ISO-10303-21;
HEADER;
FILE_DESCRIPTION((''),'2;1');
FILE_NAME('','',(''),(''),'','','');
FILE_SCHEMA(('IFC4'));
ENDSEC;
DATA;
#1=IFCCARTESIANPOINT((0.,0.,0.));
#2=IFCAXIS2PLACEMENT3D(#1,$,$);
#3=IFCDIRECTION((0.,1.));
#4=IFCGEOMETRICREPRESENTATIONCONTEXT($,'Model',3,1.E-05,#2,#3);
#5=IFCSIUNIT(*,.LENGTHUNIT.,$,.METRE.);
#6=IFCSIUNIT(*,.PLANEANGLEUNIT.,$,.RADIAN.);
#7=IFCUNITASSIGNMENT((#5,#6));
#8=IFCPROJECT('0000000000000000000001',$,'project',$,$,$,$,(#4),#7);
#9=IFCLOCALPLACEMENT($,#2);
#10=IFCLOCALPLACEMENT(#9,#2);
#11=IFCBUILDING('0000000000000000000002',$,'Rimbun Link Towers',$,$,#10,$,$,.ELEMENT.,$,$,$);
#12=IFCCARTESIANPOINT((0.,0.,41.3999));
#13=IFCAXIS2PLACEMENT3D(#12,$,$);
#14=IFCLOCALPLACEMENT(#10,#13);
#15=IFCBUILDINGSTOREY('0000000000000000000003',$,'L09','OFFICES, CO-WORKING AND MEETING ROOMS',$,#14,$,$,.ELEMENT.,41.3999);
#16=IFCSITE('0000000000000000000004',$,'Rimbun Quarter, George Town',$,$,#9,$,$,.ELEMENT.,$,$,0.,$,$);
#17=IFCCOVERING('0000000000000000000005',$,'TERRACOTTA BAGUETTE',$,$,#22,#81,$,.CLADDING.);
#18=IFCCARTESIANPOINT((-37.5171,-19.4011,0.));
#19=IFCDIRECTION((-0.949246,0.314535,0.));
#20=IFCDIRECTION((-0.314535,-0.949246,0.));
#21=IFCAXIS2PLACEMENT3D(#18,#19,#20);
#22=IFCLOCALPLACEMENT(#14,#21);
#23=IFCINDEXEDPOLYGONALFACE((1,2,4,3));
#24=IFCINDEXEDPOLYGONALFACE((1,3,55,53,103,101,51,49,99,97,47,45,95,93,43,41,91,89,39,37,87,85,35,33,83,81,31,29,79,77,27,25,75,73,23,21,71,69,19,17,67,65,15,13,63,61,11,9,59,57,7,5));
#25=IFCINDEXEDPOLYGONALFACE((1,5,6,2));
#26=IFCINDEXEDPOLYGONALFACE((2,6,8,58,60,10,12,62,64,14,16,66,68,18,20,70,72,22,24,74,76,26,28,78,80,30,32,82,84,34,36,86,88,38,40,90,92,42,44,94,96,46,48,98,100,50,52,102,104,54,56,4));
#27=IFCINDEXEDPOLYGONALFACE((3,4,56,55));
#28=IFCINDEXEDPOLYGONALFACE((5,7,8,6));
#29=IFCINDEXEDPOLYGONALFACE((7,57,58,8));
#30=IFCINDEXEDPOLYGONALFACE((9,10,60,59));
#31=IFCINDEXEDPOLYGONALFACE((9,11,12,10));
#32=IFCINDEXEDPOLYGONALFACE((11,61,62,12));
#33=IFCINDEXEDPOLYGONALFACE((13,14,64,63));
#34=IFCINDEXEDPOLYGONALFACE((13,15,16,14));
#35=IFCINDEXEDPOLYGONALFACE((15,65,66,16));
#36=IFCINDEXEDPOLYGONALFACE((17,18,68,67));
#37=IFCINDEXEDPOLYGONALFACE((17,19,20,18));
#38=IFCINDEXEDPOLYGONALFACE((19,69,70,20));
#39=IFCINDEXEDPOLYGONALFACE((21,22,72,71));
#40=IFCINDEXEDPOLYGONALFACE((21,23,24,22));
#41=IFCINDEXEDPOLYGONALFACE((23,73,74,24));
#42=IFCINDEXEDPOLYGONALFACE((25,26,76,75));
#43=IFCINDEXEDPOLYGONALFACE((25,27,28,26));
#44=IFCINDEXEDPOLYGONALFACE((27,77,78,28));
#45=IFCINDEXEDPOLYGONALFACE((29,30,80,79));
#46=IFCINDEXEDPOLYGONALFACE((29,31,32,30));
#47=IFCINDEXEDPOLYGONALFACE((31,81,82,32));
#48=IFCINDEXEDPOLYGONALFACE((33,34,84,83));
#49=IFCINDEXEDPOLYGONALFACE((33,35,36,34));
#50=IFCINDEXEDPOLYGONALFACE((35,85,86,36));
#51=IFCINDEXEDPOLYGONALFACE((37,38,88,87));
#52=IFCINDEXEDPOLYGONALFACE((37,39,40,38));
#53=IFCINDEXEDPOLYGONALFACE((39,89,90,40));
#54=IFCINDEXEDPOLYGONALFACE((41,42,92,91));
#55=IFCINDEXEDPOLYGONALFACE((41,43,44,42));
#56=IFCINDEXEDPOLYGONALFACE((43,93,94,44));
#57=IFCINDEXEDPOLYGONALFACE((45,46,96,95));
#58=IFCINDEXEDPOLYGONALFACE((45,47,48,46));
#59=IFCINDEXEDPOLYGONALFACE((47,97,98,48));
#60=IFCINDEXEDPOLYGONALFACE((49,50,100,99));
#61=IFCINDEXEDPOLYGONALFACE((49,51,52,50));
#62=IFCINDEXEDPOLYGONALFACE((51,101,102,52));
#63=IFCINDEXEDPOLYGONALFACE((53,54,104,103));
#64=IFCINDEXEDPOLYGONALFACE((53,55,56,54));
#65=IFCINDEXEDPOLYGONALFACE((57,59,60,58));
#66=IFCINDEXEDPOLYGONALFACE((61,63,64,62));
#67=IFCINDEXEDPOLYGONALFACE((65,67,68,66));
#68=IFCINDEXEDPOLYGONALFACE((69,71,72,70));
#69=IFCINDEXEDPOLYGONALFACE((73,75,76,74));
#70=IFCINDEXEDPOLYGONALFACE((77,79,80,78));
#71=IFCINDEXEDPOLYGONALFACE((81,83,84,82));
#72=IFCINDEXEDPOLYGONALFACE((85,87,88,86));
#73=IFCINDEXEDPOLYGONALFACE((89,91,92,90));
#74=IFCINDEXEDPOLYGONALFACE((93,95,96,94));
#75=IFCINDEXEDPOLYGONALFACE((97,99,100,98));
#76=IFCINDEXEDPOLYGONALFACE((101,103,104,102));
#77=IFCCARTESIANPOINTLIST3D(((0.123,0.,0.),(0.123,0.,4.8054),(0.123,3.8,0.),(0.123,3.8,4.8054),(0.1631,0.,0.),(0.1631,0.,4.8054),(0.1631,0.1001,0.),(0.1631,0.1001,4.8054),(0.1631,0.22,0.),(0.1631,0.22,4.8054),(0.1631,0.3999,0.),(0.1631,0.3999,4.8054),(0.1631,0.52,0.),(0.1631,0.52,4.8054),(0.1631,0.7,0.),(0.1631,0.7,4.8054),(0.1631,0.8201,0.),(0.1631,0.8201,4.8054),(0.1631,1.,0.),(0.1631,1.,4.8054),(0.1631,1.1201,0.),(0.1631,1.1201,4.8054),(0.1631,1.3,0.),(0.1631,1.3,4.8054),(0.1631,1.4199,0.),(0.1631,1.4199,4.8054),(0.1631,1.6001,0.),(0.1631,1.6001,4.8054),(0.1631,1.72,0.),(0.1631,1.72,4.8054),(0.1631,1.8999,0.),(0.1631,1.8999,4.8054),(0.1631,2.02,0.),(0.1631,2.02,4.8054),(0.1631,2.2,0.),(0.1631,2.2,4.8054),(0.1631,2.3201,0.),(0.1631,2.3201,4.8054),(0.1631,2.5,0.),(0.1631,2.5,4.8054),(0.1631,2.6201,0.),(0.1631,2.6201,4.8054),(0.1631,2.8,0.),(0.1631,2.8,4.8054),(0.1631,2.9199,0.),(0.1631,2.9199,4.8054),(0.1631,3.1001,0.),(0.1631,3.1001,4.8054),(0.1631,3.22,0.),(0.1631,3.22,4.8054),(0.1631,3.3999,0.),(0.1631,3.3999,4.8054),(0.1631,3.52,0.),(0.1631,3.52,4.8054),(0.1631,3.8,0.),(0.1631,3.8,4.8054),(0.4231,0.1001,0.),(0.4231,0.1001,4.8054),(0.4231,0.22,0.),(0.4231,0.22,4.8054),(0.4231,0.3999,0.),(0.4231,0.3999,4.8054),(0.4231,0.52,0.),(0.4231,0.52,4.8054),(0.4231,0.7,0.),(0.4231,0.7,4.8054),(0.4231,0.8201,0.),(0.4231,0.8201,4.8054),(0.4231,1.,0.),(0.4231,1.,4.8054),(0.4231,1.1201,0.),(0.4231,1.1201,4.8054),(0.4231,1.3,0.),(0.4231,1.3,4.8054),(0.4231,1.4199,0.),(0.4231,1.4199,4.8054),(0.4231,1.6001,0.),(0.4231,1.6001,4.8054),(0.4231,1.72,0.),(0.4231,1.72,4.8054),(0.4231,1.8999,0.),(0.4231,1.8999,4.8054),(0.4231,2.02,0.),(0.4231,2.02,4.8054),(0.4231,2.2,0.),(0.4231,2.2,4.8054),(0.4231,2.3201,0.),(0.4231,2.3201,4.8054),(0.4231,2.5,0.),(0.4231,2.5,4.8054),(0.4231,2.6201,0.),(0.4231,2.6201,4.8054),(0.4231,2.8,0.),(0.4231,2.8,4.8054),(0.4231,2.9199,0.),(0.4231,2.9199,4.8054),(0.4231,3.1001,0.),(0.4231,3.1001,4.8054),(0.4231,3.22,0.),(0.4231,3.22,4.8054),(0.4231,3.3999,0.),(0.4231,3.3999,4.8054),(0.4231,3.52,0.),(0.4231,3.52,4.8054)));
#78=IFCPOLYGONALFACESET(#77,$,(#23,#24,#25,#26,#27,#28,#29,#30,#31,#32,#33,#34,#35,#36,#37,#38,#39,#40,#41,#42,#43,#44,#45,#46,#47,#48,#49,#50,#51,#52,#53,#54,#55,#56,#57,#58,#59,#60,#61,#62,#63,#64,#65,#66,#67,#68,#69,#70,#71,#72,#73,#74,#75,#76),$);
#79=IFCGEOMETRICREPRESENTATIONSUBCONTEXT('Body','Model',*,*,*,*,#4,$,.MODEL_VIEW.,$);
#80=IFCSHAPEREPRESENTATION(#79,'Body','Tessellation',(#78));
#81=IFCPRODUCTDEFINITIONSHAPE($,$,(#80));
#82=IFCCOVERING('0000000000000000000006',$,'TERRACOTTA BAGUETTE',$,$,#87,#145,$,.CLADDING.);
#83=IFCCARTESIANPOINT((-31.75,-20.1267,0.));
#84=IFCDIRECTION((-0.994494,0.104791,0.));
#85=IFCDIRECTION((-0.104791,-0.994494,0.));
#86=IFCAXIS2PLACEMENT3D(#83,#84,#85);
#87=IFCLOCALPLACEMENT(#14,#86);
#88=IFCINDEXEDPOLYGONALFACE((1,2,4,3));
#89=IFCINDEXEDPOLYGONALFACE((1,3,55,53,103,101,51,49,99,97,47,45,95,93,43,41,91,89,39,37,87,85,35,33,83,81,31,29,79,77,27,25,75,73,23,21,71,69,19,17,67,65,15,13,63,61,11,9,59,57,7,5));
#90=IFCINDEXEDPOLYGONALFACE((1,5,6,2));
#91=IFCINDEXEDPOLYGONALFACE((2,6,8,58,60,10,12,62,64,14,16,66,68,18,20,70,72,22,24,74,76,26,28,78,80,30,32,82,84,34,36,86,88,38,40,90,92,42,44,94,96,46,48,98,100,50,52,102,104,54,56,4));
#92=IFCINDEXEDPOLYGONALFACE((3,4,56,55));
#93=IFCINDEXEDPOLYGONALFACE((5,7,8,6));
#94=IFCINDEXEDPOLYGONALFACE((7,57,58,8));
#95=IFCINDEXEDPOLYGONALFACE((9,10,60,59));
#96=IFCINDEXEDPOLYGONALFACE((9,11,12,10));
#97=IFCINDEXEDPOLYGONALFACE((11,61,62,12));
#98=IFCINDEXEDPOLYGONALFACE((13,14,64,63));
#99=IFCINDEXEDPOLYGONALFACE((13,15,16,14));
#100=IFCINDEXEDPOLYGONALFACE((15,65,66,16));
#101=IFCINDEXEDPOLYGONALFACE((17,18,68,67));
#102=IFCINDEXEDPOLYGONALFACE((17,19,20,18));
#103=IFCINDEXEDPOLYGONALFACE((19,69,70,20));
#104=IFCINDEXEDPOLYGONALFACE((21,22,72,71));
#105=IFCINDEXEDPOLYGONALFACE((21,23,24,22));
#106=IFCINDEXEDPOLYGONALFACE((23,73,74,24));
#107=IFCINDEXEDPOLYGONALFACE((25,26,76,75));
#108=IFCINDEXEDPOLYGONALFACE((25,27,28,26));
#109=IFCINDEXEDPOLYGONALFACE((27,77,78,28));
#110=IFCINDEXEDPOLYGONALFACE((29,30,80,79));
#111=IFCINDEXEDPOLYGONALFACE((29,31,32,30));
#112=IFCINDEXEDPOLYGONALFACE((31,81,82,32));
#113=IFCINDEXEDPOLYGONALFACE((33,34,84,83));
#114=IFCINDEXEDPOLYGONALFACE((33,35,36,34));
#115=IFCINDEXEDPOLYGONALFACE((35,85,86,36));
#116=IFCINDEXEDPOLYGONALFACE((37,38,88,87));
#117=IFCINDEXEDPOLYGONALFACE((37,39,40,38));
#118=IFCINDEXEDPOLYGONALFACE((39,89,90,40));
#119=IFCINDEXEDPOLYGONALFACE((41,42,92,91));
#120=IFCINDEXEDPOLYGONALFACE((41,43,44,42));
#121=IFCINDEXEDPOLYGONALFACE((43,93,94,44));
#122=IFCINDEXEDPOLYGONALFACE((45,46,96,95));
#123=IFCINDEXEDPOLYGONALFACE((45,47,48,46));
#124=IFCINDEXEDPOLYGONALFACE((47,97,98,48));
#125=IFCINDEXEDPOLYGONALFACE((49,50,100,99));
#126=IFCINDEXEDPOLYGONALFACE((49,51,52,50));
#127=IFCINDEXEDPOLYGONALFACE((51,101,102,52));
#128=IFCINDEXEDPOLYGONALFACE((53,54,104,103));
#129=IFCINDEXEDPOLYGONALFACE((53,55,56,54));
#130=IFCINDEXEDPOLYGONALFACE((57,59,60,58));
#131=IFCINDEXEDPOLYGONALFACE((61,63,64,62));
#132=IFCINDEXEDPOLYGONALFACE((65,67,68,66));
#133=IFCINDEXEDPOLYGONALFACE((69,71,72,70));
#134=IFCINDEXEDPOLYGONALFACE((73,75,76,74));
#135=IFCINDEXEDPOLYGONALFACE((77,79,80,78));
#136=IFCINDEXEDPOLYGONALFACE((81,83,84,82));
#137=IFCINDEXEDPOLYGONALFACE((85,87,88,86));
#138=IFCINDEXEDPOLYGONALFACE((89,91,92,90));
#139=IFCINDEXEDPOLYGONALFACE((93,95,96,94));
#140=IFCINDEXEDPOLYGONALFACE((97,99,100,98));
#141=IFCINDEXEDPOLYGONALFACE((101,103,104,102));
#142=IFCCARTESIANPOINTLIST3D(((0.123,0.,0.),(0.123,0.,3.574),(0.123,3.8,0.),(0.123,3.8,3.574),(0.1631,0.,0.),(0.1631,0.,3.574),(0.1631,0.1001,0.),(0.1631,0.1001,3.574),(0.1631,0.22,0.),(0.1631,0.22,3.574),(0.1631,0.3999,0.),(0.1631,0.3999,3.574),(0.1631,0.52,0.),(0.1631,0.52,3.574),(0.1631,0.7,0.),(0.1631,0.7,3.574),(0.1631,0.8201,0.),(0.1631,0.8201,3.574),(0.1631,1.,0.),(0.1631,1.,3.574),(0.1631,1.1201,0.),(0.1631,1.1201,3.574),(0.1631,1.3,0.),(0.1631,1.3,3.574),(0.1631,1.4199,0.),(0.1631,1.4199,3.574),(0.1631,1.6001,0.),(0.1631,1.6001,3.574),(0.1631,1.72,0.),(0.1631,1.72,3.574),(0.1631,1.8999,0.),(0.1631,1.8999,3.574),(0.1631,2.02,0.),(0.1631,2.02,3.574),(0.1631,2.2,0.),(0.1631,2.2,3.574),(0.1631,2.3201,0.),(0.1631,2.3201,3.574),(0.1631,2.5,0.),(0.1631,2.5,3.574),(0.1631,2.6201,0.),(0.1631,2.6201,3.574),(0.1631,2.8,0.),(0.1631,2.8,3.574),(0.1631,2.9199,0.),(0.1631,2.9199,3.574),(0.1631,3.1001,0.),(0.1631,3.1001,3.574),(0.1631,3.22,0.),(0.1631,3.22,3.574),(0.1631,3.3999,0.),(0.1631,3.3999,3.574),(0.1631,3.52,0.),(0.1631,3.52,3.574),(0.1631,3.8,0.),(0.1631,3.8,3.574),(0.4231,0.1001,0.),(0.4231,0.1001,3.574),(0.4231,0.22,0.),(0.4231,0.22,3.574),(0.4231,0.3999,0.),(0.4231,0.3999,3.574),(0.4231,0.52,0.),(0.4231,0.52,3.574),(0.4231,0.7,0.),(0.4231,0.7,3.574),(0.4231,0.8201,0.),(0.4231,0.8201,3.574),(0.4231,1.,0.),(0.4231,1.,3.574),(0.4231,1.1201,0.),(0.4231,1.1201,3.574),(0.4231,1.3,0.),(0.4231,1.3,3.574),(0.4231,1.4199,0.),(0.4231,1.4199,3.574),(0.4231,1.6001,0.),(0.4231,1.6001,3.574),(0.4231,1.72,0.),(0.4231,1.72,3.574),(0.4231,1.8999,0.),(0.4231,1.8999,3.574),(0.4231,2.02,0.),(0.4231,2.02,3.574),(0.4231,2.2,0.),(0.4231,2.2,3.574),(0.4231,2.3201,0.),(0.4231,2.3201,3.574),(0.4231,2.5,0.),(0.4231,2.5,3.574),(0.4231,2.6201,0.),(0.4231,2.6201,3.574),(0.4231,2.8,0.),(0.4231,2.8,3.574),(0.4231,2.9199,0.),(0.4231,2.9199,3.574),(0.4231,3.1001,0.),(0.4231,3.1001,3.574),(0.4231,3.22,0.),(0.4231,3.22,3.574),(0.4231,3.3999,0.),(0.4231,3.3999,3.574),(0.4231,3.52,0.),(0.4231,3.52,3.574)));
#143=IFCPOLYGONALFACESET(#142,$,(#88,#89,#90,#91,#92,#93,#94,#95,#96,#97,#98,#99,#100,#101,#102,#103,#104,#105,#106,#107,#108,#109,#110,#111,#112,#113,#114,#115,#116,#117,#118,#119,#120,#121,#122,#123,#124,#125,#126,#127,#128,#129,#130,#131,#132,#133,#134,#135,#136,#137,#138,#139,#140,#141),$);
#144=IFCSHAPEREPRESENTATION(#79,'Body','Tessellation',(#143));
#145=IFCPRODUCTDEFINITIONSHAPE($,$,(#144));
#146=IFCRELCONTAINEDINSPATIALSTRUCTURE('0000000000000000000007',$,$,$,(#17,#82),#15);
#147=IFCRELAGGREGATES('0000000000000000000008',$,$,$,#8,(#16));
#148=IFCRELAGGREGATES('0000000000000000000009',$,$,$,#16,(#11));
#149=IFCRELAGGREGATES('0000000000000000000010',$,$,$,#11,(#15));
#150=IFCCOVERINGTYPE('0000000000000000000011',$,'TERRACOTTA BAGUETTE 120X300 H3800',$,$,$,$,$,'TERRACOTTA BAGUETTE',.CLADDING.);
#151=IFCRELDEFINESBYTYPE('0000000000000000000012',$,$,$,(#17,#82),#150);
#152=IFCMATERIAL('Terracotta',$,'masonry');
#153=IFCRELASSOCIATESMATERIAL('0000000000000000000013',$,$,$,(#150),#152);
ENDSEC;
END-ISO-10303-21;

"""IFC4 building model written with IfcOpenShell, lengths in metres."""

from ifc_helpers import new_model, si_unit, direction, frame, origin, place, context, subcontext, project, spatial, polyline, outline, extrude, material, material_profile, profile_set, type_object, element, save


model = new_model("IFC4")

# Units and contexts
model_context = context("Model", 3, precision=1e-05, world=origin(), true_north=direction((0.0, 1.0)))
body_context = subcontext(model_context, "Body", "Model", "MODEL_VIEW")
ifc_project = project(units=[si_unit("LENGTHUNIT", "METRE"), si_unit("PLANEANGLEUNIT", "RADIAN")], contexts=[model_context])

# Site, building, storey
site_placement = place(None, origin())
site = spatial("IfcSite", under=ifc_project, at=site_placement, Name="Rimbun Quarter, George Town", CompositionType="ELEMENT", RefElevation=0.0)
building_placement = place(site_placement, origin())
building = spatial("IfcBuilding", under=site, at=building_placement, Name="Rimbun Link Towers", CompositionType="ELEMENT")
storey_placement = place(building_placement, frame((0.0, 0.0, 41.3999)))
storey = spatial("IfcBuildingStorey", under=building, at=storey_placement, Name="L09", Description="OFFICES, CO-WORKING AND MEETING ROOMS", CompositionType="ELEMENT", Elevation=41.3999)

# Coverings
ifc_material_1 = material(Name="Terracotta", Category="masonry")
ifc_material_profile_1 = material_profile(ifc_material_1, outline(polyline([(0.123, 0.0), (0.1631, 0.0), (0.1631, 0.1001), (0.4231, 0.1001), (0.4231, 0.22), (0.1631, 0.22), (0.1631, 0.3999), (0.4231, 0.3999), (0.4231, 0.52), (0.1631, 0.52), (0.1631, 0.7), (0.4231, 0.7), (0.4231, 0.8201), (0.1631, 0.8201), (0.1631, 1.0), (0.4231, 1.0), (0.4231, 1.1201), (0.1631, 1.1201), (0.1631, 1.3), (0.4231, 1.3), (0.4231, 1.4199), (0.1631, 1.4199), (0.1631, 1.6001), (0.4231, 1.6001), (0.4231, 1.72), (0.1631, 1.72), (0.1631, 1.8999), (0.4231, 1.8999), (0.4231, 2.02), (0.1631, 2.02), (0.1631, 2.2), (0.4231, 2.2), (0.4231, 2.3201), (0.1631, 2.3201), (0.1631, 2.5), (0.4231, 2.5), (0.4231, 2.6201), (0.1631, 2.6201), (0.1631, 2.8), (0.4231, 2.8), (0.4231, 2.9199), (0.1631, 2.9199), (0.1631, 3.1001), (0.4231, 3.1001), (0.4231, 3.22), (0.1631, 3.22), (0.1631, 3.3999), (0.4231, 3.3999), (0.4231, 3.52), (0.1631, 3.52), (0.1631, 3.8), (0.123, 3.8), (0.123, 0.0)])), Name="BAGUETTE 120X300")
ifc_profile_set_1 = profile_set([ifc_material_profile_1], Name="Terracotta")
covering_type = type_object("IfcCoveringType", Name="TERRACOTTA BAGUETTE 120X300 H3800", ElementType="TERRACOTTA BAGUETTE", PredefinedType="CLADDING", material=ifc_profile_set_1)
covering_placement = place(storey_placement, frame((-37.5171, -19.4011, 0.0), z_axis=(-0.949246, 0.314535, 0.0), x_axis=(-0.314535, -0.949246, 0.0)))
element("IfcCovering", 1, at=covering_placement, inside=storey, type_object=covering_type, Name="TERRACOTTA BAGUETTE", PredefinedType="CLADDING", context=body_context, shape_type="SweptSolid", body=[
    extrude(outline(polyline([(0.123, 0.0), (0.1631, 0.0), (0.1631, 0.1001), (0.4231, 0.1001), (0.4231, 0.22), (0.1631, 0.22), (0.1631, 0.3999), (0.4231, 0.3999), (0.4231, 0.52), (0.1631, 0.52), (0.1631, 0.7), (0.4231, 0.7), (0.4231, 0.8201), (0.1631, 0.8201), (0.1631, 1.0), (0.4231, 1.0), (0.4231, 1.1201), (0.1631, 1.1201), (0.1631, 1.3), (0.4231, 1.3), (0.4231, 1.4199), (0.1631, 1.4199), (0.1631, 1.6001), (0.4231, 1.6001), (0.4231, 1.72), (0.1631, 1.72), (0.1631, 1.8999), (0.4231, 1.8999), (0.4231, 2.02), (0.1631, 2.02), (0.1631, 2.2), (0.4231, 2.2), (0.4231, 2.3201), (0.1631, 2.3201), (0.1631, 2.5), (0.4231, 2.5), (0.4231, 2.6201), (0.1631, 2.6201), (0.1631, 2.8), (0.4231, 2.8), (0.4231, 2.9199), (0.1631, 2.9199), (0.1631, 3.1001), (0.4231, 3.1001), (0.4231, 3.22), (0.1631, 3.22), (0.1631, 3.3999), (0.4231, 3.3999), (0.4231, 3.52), (0.1631, 3.52), (0.1631, 3.8), (0.123, 3.8), (0.123, 0.0)])), origin(), (0.0, 0.0, 1.0), 4.8054),
])
for number, where, z_axis, x_axis, name in (
    (2, (-31.75, -20.1267, 0.0), (-0.994494, 0.104791, 0.0), (-0.104791, -0.994494, 0.0), "TERRACOTTA BAGUETTE"),
):
    element("IfcCovering", number, at=place(storey_placement, frame(where, z_axis=z_axis, x_axis=x_axis)), inside=storey, type_object=covering_type, Name=name, PredefinedType="CLADDING", context=body_context, shape_type="SweptSolid", body=[
        extrude(outline(polyline([(0.123, 0.0), (0.1631, 0.0), (0.1631, 0.1001), (0.4231, 0.1001), (0.4231, 0.22), (0.1631, 0.22), (0.1631, 0.3999), (0.4231, 0.3999), (0.4231, 0.52), (0.1631, 0.52), (0.1631, 0.7), (0.4231, 0.7), (0.4231, 0.8201), (0.1631, 0.8201), (0.1631, 1.0), (0.4231, 1.0), (0.4231, 1.1201), (0.1631, 1.1201), (0.1631, 1.3), (0.4231, 1.3), (0.4231, 1.4199), (0.1631, 1.4199), (0.1631, 1.6001), (0.4231, 1.6001), (0.4231, 1.72), (0.1631, 1.72), (0.1631, 1.8999), (0.4231, 1.8999), (0.4231, 2.02), (0.1631, 2.02), (0.1631, 2.2), (0.4231, 2.2), (0.4231, 2.3201), (0.1631, 2.3201), (0.1631, 2.5), (0.4231, 2.5), (0.4231, 2.6201), (0.1631, 2.6201), (0.1631, 2.8), (0.4231, 2.8), (0.4231, 2.9199), (0.1631, 2.9199), (0.1631, 3.1001), (0.4231, 3.1001), (0.4231, 3.22), (0.1631, 3.22), (0.1631, 3.3999), (0.4231, 3.3999), (0.4231, 3.52), (0.1631, 3.52), (0.1631, 3.8), (0.123, 3.8), (0.123, 0.0)])), origin(), (0.0, 0.0, 1.0), 3.574),
    ])

save(model, "model.ifc")
